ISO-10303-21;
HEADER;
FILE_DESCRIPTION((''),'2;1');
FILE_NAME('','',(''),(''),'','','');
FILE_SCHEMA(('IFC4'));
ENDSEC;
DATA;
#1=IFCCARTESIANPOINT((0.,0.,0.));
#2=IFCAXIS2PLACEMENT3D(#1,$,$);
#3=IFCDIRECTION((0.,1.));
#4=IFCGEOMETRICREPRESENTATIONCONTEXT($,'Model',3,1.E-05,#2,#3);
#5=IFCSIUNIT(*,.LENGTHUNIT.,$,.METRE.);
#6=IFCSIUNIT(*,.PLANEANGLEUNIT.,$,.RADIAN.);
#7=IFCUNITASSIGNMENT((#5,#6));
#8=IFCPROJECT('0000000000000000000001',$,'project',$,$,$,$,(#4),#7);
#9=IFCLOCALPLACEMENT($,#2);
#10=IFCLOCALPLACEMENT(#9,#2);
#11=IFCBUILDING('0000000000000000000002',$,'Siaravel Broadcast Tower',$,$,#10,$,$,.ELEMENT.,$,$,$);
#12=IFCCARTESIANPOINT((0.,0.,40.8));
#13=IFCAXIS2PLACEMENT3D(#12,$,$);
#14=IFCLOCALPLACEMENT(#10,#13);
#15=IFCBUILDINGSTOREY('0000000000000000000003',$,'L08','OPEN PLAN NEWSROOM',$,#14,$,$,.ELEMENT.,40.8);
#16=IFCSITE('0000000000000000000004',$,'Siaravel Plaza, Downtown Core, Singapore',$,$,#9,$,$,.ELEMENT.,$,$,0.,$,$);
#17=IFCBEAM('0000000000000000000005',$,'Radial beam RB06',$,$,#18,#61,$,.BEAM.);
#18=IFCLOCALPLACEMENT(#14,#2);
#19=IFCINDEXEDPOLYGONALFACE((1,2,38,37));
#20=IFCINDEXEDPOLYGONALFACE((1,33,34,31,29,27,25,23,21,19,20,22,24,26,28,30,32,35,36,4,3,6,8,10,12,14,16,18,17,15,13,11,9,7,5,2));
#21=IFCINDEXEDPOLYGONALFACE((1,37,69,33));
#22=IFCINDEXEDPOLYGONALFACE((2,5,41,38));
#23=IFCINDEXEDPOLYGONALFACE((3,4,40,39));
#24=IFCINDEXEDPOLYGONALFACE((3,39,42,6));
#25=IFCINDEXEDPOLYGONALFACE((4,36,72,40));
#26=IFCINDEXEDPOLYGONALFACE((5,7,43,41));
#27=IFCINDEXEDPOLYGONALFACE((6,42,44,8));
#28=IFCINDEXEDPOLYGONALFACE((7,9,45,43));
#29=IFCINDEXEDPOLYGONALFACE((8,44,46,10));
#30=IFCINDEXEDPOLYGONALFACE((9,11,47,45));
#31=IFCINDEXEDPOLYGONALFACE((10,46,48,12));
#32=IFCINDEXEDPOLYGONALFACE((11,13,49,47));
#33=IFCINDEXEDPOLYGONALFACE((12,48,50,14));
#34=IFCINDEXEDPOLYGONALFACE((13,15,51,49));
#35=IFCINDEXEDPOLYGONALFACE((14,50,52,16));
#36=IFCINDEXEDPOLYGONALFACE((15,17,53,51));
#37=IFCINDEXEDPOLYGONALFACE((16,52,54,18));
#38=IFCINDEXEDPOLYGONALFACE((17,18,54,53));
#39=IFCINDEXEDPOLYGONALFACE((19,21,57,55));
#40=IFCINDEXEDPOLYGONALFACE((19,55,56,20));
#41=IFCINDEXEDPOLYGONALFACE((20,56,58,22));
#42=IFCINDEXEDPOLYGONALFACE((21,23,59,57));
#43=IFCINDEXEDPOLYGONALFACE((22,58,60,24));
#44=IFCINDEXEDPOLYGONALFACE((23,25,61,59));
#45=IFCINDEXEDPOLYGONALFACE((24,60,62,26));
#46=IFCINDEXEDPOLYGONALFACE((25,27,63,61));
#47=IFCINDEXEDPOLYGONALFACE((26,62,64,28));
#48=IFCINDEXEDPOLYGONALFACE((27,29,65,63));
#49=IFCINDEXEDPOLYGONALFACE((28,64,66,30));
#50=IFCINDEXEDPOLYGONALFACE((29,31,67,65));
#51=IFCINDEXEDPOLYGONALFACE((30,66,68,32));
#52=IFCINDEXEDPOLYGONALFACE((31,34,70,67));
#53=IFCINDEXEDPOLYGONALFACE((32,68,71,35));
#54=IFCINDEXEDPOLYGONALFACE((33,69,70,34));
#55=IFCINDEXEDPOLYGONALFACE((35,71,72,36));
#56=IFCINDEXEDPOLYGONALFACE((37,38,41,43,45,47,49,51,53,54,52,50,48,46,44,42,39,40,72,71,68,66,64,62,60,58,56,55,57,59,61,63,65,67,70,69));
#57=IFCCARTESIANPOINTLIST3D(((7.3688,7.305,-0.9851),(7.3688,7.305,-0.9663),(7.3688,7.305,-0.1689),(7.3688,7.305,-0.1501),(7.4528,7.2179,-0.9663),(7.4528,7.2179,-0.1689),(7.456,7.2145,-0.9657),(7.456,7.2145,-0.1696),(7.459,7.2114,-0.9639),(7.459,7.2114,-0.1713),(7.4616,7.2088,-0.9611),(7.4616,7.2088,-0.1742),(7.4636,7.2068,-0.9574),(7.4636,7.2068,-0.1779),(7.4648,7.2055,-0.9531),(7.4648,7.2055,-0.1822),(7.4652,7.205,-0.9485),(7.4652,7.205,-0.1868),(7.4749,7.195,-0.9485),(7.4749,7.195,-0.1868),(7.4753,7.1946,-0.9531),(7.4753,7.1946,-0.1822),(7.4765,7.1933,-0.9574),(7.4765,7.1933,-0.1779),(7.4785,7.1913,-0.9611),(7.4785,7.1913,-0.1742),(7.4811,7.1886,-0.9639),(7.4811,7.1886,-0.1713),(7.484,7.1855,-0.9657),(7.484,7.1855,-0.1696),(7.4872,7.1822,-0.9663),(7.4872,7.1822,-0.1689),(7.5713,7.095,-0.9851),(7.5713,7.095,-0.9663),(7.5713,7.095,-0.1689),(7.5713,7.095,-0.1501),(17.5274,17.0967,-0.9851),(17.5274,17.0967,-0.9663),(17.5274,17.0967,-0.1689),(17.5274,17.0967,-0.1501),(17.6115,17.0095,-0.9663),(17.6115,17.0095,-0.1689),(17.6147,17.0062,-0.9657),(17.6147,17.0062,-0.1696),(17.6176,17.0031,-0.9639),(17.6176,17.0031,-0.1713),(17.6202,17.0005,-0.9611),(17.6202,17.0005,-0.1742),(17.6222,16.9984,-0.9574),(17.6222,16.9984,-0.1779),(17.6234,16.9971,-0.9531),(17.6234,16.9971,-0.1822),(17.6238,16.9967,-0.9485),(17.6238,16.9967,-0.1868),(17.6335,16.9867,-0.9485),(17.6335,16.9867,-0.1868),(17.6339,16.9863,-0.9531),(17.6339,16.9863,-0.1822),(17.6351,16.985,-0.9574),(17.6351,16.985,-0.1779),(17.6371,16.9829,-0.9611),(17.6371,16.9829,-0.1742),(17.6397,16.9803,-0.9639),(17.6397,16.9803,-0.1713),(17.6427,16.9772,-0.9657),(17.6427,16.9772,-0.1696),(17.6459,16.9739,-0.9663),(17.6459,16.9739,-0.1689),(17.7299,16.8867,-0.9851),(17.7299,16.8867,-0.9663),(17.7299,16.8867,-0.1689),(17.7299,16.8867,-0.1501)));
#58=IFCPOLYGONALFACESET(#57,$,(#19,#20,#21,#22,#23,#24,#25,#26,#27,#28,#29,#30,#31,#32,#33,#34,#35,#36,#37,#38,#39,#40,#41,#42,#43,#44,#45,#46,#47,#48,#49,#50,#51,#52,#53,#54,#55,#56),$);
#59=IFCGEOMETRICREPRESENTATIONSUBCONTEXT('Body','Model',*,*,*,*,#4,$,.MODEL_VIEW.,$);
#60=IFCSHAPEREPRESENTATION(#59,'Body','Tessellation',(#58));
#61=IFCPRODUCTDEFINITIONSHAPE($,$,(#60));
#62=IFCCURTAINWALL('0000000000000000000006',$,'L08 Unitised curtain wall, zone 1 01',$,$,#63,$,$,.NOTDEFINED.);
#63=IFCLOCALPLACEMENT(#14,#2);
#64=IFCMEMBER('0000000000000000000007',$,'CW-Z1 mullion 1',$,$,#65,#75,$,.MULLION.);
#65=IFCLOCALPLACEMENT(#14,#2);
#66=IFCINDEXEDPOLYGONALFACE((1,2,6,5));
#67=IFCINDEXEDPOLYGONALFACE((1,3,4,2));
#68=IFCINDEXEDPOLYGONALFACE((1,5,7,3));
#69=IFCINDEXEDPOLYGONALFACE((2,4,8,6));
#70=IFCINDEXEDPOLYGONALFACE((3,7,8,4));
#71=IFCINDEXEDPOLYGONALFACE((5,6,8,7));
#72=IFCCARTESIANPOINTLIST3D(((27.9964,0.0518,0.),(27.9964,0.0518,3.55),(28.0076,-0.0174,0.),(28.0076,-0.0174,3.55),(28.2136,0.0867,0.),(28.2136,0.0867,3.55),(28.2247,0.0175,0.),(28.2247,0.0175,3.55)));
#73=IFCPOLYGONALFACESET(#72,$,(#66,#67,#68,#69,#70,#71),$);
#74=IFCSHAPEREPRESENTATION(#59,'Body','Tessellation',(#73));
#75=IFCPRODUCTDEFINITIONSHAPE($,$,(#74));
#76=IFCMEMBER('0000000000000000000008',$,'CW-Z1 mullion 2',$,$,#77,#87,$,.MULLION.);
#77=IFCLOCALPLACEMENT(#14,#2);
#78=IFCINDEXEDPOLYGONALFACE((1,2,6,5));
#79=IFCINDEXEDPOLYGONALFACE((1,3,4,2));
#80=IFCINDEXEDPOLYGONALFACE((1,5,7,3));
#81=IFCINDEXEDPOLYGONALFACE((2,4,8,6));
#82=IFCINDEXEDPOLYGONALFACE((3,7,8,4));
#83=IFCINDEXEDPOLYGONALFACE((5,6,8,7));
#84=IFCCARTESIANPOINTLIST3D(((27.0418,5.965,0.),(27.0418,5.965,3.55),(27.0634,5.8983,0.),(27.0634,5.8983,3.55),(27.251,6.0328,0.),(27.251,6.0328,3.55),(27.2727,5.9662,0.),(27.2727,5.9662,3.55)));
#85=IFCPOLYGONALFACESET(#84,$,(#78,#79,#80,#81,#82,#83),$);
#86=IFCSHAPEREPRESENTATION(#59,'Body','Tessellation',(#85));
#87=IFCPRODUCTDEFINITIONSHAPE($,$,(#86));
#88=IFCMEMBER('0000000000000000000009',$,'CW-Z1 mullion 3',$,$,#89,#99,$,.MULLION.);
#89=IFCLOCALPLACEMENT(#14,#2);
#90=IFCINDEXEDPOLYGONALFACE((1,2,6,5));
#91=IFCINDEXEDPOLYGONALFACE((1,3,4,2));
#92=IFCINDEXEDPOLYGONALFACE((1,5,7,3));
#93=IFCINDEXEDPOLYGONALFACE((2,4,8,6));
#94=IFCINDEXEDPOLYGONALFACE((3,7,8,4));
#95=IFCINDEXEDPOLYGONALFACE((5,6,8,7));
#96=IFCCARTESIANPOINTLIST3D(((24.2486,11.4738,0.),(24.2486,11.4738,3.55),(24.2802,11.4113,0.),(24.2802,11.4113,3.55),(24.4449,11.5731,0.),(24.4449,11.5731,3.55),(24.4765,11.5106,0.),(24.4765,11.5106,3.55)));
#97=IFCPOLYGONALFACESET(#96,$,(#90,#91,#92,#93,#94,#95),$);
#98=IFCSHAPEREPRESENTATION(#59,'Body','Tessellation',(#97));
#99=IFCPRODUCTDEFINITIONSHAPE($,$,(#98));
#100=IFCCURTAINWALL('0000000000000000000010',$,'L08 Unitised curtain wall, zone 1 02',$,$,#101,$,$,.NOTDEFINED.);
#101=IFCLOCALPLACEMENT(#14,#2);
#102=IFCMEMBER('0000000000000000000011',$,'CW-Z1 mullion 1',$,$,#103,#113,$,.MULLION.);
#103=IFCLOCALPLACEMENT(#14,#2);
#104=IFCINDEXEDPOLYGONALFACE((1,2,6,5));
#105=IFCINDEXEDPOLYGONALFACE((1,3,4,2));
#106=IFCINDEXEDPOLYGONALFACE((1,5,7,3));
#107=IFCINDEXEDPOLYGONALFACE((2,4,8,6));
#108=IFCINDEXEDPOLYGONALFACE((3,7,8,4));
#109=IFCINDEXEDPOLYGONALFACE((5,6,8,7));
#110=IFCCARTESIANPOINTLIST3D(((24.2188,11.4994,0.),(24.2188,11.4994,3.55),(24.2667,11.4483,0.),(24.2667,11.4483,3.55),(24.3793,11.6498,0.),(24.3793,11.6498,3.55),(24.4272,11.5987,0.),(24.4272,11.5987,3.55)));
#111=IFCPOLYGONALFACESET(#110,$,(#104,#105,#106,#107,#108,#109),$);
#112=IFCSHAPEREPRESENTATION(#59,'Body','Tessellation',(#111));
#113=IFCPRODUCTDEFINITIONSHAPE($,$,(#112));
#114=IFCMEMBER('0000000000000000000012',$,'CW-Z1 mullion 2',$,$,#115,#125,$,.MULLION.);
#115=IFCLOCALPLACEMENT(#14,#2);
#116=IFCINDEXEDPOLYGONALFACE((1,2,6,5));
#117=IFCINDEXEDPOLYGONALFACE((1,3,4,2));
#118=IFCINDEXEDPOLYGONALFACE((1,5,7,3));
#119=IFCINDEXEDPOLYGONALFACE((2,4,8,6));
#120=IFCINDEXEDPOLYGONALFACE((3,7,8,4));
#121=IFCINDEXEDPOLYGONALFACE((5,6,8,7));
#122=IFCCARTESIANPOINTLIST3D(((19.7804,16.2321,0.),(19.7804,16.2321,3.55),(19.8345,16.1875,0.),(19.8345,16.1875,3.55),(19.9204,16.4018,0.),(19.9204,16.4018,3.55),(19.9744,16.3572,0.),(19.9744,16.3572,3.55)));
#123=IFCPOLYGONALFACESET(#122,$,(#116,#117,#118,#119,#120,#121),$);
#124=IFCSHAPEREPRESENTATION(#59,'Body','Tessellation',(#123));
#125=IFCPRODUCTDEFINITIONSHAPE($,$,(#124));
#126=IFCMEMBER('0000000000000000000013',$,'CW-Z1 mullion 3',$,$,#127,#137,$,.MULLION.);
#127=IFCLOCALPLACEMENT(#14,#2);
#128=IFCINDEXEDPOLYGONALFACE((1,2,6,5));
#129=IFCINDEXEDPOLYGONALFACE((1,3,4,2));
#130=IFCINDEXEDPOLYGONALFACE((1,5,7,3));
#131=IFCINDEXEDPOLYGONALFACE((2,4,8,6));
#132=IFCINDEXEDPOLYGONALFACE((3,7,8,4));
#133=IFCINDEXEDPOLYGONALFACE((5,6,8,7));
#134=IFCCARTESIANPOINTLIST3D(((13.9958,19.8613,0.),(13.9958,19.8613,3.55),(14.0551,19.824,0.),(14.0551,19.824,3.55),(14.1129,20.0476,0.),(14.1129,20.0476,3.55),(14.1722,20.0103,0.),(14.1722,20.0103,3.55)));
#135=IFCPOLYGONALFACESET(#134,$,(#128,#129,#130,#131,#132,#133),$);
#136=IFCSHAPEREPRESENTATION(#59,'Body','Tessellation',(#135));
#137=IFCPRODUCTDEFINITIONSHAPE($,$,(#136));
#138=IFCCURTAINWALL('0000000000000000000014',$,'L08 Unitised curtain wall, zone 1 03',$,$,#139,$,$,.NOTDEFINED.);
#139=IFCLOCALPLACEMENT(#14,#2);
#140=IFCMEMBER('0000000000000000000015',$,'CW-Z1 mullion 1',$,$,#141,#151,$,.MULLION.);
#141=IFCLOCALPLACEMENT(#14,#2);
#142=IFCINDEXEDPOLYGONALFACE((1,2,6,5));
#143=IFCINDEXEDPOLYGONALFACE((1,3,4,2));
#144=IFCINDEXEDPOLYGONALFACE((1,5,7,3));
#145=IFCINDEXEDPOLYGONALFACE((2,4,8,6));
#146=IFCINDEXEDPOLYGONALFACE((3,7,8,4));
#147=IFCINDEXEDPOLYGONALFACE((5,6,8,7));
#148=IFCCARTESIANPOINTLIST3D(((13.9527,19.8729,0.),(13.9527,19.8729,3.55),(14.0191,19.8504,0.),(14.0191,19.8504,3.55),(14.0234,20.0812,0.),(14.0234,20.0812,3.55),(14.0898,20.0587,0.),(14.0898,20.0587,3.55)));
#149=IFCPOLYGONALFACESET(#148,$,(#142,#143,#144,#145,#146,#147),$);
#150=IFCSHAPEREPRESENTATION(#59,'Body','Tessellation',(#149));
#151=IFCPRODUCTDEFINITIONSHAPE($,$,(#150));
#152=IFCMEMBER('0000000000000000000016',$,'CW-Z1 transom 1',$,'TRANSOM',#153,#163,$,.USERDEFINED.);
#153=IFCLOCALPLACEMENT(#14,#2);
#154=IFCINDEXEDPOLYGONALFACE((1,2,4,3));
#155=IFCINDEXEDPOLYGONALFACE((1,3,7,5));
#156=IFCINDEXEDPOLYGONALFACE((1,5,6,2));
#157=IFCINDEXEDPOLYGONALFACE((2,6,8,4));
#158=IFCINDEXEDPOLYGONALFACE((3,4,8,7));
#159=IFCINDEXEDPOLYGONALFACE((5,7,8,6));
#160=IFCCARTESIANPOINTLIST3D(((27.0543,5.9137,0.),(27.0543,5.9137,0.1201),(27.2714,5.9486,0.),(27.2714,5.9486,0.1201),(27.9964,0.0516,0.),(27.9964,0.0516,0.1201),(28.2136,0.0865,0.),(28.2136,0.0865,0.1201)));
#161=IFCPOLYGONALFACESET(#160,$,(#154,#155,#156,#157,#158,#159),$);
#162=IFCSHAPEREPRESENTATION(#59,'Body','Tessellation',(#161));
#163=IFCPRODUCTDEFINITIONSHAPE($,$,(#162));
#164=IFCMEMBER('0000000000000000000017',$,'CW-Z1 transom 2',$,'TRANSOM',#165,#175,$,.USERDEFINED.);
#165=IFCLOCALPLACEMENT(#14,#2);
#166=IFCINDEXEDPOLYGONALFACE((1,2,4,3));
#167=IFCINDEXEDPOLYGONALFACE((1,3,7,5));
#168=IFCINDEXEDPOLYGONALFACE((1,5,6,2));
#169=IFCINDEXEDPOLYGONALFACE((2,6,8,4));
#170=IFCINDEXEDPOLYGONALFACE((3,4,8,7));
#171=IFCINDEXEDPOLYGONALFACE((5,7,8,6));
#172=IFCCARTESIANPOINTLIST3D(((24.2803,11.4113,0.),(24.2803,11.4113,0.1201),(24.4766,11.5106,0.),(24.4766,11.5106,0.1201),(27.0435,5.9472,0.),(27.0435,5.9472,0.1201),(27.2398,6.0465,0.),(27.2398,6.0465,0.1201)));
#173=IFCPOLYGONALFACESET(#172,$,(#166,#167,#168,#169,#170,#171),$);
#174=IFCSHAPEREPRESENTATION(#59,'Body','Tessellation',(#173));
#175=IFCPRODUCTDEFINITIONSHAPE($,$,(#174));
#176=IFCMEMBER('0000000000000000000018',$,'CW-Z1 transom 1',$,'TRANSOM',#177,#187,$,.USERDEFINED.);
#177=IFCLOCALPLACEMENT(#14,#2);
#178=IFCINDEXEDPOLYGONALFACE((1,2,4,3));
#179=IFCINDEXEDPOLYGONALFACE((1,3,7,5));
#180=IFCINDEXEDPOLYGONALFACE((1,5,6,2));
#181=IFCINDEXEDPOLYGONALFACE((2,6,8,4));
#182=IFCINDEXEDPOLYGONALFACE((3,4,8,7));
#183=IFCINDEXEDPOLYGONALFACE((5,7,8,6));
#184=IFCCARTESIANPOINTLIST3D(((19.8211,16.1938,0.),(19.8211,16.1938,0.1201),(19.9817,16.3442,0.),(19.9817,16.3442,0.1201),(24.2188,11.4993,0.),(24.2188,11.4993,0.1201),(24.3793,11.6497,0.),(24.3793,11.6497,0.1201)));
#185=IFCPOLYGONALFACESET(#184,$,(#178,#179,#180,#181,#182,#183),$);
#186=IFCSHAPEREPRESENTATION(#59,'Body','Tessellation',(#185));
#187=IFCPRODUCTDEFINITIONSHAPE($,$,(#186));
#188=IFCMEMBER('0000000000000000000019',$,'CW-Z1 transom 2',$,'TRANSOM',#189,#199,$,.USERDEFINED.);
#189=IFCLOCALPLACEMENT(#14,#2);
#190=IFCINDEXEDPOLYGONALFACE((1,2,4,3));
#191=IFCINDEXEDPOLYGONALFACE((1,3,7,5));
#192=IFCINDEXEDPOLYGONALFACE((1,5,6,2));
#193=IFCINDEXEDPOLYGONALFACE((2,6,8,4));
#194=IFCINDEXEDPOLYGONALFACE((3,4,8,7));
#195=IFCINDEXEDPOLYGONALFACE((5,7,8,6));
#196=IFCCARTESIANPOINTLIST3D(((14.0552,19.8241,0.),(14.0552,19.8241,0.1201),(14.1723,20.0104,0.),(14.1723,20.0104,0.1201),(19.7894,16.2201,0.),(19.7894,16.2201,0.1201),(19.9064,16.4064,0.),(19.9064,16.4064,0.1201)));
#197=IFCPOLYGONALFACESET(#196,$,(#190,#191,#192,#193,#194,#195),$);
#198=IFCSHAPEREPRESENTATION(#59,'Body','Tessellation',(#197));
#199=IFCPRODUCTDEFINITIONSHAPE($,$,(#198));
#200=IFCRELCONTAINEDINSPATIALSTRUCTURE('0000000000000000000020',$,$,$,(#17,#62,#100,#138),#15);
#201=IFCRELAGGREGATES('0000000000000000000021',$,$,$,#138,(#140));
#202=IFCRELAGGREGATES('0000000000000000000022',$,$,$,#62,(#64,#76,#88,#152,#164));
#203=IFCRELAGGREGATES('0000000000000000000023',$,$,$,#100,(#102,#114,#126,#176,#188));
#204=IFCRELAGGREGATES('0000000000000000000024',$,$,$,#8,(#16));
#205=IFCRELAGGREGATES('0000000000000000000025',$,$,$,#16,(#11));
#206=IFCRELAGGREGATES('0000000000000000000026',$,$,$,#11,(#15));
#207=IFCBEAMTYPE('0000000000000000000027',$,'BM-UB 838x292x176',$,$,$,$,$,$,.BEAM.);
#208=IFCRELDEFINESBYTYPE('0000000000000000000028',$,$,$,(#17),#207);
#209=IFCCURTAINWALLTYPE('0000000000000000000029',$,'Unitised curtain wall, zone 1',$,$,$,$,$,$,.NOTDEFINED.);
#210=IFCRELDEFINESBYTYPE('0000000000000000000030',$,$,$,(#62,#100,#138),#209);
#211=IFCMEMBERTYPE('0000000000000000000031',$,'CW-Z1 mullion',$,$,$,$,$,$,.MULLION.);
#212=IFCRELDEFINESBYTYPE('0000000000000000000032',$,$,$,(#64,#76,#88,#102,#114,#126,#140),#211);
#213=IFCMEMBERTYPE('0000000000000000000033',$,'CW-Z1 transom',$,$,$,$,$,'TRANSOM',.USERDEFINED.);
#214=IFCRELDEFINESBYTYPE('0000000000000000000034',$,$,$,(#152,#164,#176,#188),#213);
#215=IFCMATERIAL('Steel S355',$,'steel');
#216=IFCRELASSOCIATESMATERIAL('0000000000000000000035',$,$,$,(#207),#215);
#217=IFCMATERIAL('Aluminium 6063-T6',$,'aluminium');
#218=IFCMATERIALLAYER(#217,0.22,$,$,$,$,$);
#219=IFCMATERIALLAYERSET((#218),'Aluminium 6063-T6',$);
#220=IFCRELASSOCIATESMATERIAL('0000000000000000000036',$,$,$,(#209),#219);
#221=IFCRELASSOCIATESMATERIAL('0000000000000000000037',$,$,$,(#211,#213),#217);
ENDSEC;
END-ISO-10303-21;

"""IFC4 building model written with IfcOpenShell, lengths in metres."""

from ifc_helpers import new_model, si_unit, direction, frame, origin, origin_2d, place, context, subcontext, project, spatial, rectangle, i_section, extrude, material, layer, layer_set, material_profile, profile_set, type_object, element, aggregate, save


model = new_model("IFC4")

# Units and contexts
model_context = context("Model", 3, precision=1e-05, world=origin(), true_north=direction((0.0, 1.0)))
body_context = subcontext(model_context, "Body", "Model", "MODEL_VIEW")
ifc_project = project(units=[si_unit("LENGTHUNIT", "METRE"), si_unit("PLANEANGLEUNIT", "RADIAN")], contexts=[model_context])

# Site, building, storey
site_placement = place(None, origin())
site = spatial("IfcSite", under=ifc_project, at=site_placement, Name="Siaravel Plaza, Downtown Core, Singapore", CompositionType="ELEMENT", RefElevation=0.0)
building_placement = place(site_placement, origin())
building = spatial("IfcBuilding", under=site, at=building_placement, Name="Siaravel Broadcast Tower", CompositionType="ELEMENT")
storey_placement = place(building_placement, frame((0.0, 0.0, 40.8)))
storey = spatial("IfcBuildingStorey", under=building, at=storey_placement, Name="L08", Description="OPEN PLAN NEWSROOM", CompositionType="ELEMENT", Elevation=40.8)

# Beam
ifc_material_1 = material(Name="Steel S355", Category="steel")
ifc_material_profile_1 = material_profile(ifc_material_1, i_section(OverallWidth=0.2917, OverallDepth=0.835, WebThickness=0.0139, FlangeThickness=0.0188, FilletRadius=0.0178, at=origin_2d()))
ifc_profile_set_1 = profile_set([ifc_material_profile_1], Name="Steel S355")
beam_type = type_object("IfcBeamType", Name="BM-UB 838x292x176", PredefinedType="BEAM", material=ifc_profile_set_1)
beam_1_placement = place(storey_placement, frame((17.6287, 16.9917, -0.5676), z_axis=(-0.719991, -0.693984, 0.0), x_axis=(0.693984, -0.719991, 0.0)))
element("IfcBeam", 1, at=beam_1_placement, inside=storey, type_object=beam_type, Name="Radial beam RB06", PredefinedType="BEAM", context=body_context, shape_type="SweptSolid", body=[
    extrude(i_section(OverallWidth=0.2917, OverallDepth=0.835, WebThickness=0.0139, FlangeThickness=0.0188, FilletRadius=0.0178, at=origin_2d()), origin(), (0.0, 0.0, 1.0), 14.1094),
])

# Curtain walls, members
ifc_material_2 = material(Name="Aluminium 6063-T6", Category="aluminium")
ifc_layer_1 = layer(ifc_material_2, 0.22)
ifc_layer_set_1 = layer_set([ifc_layer_1], Name="Aluminium 6063-T6")
curtain_wall_type = type_object("IfcCurtainWallType", Name="Unitised curtain wall, zone 1", PredefinedType="NOTDEFINED", material=ifc_layer_set_1)
curtain_wall_1_placement = place(storey_placement, origin())
curtain_wall_1 = element("IfcCurtainWall", 2, at=curtain_wall_1_placement, inside=storey, type_object=curtain_wall_type, Name="L08 Unitised curtain wall, zone 1 01", PredefinedType="NOTDEFINED")
ifc_material_profile_2 = material_profile(ifc_material_2, rectangle(XDim=0.22, YDim=0.0701, at=origin_2d()))
ifc_profile_set_2 = profile_set([ifc_material_profile_2], Name="Aluminium 6063-T6")
member_type_1 = type_object("IfcMemberType", Name="CW-Z1 mullion", PredefinedType="MULLION", material=ifc_profile_set_2)
member_1_placement = place(storey_placement, frame((28.1106, 0.0347, 0.0), z_axis=(0.0, 0.0, 1.0), x_axis=(-0.987329, -0.158686, 0.0)))
member_1 = element("IfcMember", 3, at=member_1_placement, type_object=member_type_1, Name="CW-Z1 mullion 1", PredefinedType="MULLION", context=body_context, shape_type="SweptSolid", body=[
    extrude(rectangle(XDim=0.22, YDim=0.0701, at=origin_2d()), origin(), (0.0, 0.0, 1.0), 3.55),
])
member_2_placement = place(storey_placement, frame((27.1572, 5.9656, 0.0), z_axis=(0.0, 0.0, 1.0), x_axis=(-0.951177, -0.308646, 0.0)))
member_2 = element("IfcMember", 4, at=member_2_placement, type_object=member_type_1, Name="CW-Z1 mullion 2", PredefinedType="MULLION", context=body_context, shape_type="SweptSolid", body=[
    extrude(rectangle(XDim=0.22, YDim=0.0701, at=origin_2d()), origin(), (0.0, 0.0, 1.0), 3.55),
])
member_3_placement = place(storey_placement, frame((24.3625, 11.4922, 0.0), z_axis=(0.0, 0.0, 1.0), x_axis=(-0.892392, -0.451261, 0.0)))
member_3 = element("IfcMember", 5, at=member_3_placement, type_object=member_type_1, Name="CW-Z1 mullion 3", PredefinedType="MULLION", context=body_context, shape_type="SweptSolid", body=[
    extrude(rectangle(XDim=0.22, YDim=0.0701, at=origin_2d()), origin(), (0.0, 0.0, 1.0), 3.55),
])
curtain_wall_2_placement = place(storey_placement, origin())
curtain_wall_2 = element("IfcCurtainWall", 6, at=curtain_wall_2_placement, inside=storey, type_object=curtain_wall_type, Name="L08 Unitised curtain wall, zone 1 02", PredefinedType="NOTDEFINED")
member_4_placement = place(storey_placement, frame((24.323, 11.5491, 0.0), z_axis=(0.0, 0.0, 1.0), x_axis=(-0.729805, -0.683655, 0.0)))
member_4 = element("IfcMember", 7, at=member_4_placement, type_object=member_type_1, Name="CW-Z1 mullion 1", PredefinedType="MULLION", context=body_context, shape_type="SweptSolid", body=[
    extrude(rectangle(XDim=0.22, YDim=0.0701, at=origin_2d()), origin(), (0.0, 0.0, 1.0), 3.55),
])
member_5_placement = place(storey_placement, frame((19.8774, 16.2947, 0.0), z_axis=(0.0, 0.0, 1.0), x_axis=(-0.636218, -0.771509, 0.0)))
member_5 = element("IfcMember", 8, at=member_5_placement, type_object=member_type_1, Name="CW-Z1 mullion 2", PredefinedType="MULLION", context=body_context, shape_type="SweptSolid", body=[
    extrude(rectangle(XDim=0.22, YDim=0.0701, at=origin_2d()), origin(), (0.0, 0.0, 1.0), 3.55),
])
member_6_placement = place(storey_placement, frame((14.084, 19.9358, 0.0), z_axis=(0.0, 0.0, 1.0), x_axis=(-0.532149, -0.846651, 0.0)))
member_6 = element("IfcMember", 9, at=member_6_placement, type_object=member_type_1, Name="CW-Z1 mullion 3", PredefinedType="MULLION", context=body_context, shape_type="SweptSolid", body=[
    extrude(rectangle(XDim=0.22, YDim=0.0701, at=origin_2d()), origin(), (0.0, 0.0, 1.0), 3.55),
])

# Curtain wall, member
curtain_wall_3_placement = place(storey_placement, origin())
curtain_wall_3 = element("IfcCurtainWall", 10, at=curtain_wall_3_placement, inside=storey, type_object=curtain_wall_type, Name="L08 Unitised curtain wall, zone 1 03", PredefinedType="NOTDEFINED")
member_7_placement = place(storey_placement, frame((14.0212, 19.9658, 0.0), z_axis=(0.0, 0.0, 1.0), x_axis=(-0.321301, -0.946977, 0.0)))
member_7 = element("IfcMember", 11, at=member_7_placement, type_object=member_type_1, Name="CW-Z1 mullion 1", PredefinedType="MULLION", context=body_context, shape_type="SweptSolid", body=[
    extrude(rectangle(XDim=0.22, YDim=0.0701, at=origin_2d()), origin(), (0.0, 0.0, 1.0), 3.55),
])

# Members
ifc_material_profile_3 = material_profile(ifc_material_2, rectangle(XDim=0.22, YDim=0.1201, at=origin_2d()))
ifc_profile_set_3 = profile_set([ifc_material_profile_3], Name="Aluminium 6063-T6")
member_type_2 = type_object("IfcMemberType", Name="CW-Z1 transom", ElementType="TRANSOM", PredefinedType="USERDEFINED", material=ifc_profile_set_3)
member_8_placement = place(storey_placement, frame((28.105, 0.0691, 0.0601), z_axis=(-0.158682, 0.98733, 0.0), x_axis=(-0.98733, -0.158682, 0.0)))
member_8 = element("IfcMember", 12, at=member_8_placement, type_object=member_type_2, Name="CW-Z1 transom 1", ObjectType="TRANSOM", PredefinedType="USERDEFINED", context=body_context, shape_type="SweptSolid", body=[
    extrude(rectangle(XDim=0.22, YDim=0.1201, at=origin_2d()), origin(), (0.0, 0.0, 1.0), 5.9373),
])
member_9_placement = place(storey_placement, frame((27.1416, 5.9968, 0.0601), z_axis=(-0.451276, 0.892384, 0.0), x_axis=(-0.892384, -0.451276, 0.0)))
member_9 = element("IfcMember", 13, at=member_9_placement, type_object=member_type_2, Name="CW-Z1 transom 2", ObjectType="TRANSOM", PredefinedType="USERDEFINED", context=body_context, shape_type="SweptSolid", body=[
    extrude(rectangle(XDim=0.22, YDim=0.1201, at=origin_2d()), origin(), (0.0, 0.0, 1.0), 6.123),
])
member_10_placement = place(storey_placement, frame((24.2991, 11.5745, 0.0601), z_axis=(-0.683654, 0.729806, 0.0), x_axis=(-0.729806, -0.683654, 0.0)))
member_10 = element("IfcMember", 14, at=member_10_placement, type_object=member_type_2, Name="CW-Z1 transom 1", ObjectType="TRANSOM", PredefinedType="USERDEFINED", context=body_context, shape_type="SweptSolid", body=[
    extrude(rectangle(XDim=0.22, YDim=0.1201, at=origin_2d()), origin(), (0.0, 0.0, 1.0), 6.4326),
])
member_11_placement = place(storey_placement, frame((19.8479, 16.3132, 0.0601), z_axis=(-0.846657, 0.532139, 0.0), x_axis=(-0.532139, -0.846657, 0.0)))
member_11 = element("IfcMember", 15, at=member_11_placement, type_object=member_type_2, Name="CW-Z1 transom 2", ObjectType="TRANSOM", PredefinedType="USERDEFINED", context=body_context, shape_type="SweptSolid", body=[
    extrude(rectangle(XDim=0.22, YDim=0.1201, at=origin_2d()), origin(), (0.0, 0.0, 1.0), 6.7727),
])
aggregate(curtain_wall_3, [member_7])

aggregate(curtain_wall_1, [member_1, member_2, member_3, member_8, member_9])
aggregate(curtain_wall_2, [member_4, member_5, member_6, member_10, member_11])

save(model, "model.ifc")
